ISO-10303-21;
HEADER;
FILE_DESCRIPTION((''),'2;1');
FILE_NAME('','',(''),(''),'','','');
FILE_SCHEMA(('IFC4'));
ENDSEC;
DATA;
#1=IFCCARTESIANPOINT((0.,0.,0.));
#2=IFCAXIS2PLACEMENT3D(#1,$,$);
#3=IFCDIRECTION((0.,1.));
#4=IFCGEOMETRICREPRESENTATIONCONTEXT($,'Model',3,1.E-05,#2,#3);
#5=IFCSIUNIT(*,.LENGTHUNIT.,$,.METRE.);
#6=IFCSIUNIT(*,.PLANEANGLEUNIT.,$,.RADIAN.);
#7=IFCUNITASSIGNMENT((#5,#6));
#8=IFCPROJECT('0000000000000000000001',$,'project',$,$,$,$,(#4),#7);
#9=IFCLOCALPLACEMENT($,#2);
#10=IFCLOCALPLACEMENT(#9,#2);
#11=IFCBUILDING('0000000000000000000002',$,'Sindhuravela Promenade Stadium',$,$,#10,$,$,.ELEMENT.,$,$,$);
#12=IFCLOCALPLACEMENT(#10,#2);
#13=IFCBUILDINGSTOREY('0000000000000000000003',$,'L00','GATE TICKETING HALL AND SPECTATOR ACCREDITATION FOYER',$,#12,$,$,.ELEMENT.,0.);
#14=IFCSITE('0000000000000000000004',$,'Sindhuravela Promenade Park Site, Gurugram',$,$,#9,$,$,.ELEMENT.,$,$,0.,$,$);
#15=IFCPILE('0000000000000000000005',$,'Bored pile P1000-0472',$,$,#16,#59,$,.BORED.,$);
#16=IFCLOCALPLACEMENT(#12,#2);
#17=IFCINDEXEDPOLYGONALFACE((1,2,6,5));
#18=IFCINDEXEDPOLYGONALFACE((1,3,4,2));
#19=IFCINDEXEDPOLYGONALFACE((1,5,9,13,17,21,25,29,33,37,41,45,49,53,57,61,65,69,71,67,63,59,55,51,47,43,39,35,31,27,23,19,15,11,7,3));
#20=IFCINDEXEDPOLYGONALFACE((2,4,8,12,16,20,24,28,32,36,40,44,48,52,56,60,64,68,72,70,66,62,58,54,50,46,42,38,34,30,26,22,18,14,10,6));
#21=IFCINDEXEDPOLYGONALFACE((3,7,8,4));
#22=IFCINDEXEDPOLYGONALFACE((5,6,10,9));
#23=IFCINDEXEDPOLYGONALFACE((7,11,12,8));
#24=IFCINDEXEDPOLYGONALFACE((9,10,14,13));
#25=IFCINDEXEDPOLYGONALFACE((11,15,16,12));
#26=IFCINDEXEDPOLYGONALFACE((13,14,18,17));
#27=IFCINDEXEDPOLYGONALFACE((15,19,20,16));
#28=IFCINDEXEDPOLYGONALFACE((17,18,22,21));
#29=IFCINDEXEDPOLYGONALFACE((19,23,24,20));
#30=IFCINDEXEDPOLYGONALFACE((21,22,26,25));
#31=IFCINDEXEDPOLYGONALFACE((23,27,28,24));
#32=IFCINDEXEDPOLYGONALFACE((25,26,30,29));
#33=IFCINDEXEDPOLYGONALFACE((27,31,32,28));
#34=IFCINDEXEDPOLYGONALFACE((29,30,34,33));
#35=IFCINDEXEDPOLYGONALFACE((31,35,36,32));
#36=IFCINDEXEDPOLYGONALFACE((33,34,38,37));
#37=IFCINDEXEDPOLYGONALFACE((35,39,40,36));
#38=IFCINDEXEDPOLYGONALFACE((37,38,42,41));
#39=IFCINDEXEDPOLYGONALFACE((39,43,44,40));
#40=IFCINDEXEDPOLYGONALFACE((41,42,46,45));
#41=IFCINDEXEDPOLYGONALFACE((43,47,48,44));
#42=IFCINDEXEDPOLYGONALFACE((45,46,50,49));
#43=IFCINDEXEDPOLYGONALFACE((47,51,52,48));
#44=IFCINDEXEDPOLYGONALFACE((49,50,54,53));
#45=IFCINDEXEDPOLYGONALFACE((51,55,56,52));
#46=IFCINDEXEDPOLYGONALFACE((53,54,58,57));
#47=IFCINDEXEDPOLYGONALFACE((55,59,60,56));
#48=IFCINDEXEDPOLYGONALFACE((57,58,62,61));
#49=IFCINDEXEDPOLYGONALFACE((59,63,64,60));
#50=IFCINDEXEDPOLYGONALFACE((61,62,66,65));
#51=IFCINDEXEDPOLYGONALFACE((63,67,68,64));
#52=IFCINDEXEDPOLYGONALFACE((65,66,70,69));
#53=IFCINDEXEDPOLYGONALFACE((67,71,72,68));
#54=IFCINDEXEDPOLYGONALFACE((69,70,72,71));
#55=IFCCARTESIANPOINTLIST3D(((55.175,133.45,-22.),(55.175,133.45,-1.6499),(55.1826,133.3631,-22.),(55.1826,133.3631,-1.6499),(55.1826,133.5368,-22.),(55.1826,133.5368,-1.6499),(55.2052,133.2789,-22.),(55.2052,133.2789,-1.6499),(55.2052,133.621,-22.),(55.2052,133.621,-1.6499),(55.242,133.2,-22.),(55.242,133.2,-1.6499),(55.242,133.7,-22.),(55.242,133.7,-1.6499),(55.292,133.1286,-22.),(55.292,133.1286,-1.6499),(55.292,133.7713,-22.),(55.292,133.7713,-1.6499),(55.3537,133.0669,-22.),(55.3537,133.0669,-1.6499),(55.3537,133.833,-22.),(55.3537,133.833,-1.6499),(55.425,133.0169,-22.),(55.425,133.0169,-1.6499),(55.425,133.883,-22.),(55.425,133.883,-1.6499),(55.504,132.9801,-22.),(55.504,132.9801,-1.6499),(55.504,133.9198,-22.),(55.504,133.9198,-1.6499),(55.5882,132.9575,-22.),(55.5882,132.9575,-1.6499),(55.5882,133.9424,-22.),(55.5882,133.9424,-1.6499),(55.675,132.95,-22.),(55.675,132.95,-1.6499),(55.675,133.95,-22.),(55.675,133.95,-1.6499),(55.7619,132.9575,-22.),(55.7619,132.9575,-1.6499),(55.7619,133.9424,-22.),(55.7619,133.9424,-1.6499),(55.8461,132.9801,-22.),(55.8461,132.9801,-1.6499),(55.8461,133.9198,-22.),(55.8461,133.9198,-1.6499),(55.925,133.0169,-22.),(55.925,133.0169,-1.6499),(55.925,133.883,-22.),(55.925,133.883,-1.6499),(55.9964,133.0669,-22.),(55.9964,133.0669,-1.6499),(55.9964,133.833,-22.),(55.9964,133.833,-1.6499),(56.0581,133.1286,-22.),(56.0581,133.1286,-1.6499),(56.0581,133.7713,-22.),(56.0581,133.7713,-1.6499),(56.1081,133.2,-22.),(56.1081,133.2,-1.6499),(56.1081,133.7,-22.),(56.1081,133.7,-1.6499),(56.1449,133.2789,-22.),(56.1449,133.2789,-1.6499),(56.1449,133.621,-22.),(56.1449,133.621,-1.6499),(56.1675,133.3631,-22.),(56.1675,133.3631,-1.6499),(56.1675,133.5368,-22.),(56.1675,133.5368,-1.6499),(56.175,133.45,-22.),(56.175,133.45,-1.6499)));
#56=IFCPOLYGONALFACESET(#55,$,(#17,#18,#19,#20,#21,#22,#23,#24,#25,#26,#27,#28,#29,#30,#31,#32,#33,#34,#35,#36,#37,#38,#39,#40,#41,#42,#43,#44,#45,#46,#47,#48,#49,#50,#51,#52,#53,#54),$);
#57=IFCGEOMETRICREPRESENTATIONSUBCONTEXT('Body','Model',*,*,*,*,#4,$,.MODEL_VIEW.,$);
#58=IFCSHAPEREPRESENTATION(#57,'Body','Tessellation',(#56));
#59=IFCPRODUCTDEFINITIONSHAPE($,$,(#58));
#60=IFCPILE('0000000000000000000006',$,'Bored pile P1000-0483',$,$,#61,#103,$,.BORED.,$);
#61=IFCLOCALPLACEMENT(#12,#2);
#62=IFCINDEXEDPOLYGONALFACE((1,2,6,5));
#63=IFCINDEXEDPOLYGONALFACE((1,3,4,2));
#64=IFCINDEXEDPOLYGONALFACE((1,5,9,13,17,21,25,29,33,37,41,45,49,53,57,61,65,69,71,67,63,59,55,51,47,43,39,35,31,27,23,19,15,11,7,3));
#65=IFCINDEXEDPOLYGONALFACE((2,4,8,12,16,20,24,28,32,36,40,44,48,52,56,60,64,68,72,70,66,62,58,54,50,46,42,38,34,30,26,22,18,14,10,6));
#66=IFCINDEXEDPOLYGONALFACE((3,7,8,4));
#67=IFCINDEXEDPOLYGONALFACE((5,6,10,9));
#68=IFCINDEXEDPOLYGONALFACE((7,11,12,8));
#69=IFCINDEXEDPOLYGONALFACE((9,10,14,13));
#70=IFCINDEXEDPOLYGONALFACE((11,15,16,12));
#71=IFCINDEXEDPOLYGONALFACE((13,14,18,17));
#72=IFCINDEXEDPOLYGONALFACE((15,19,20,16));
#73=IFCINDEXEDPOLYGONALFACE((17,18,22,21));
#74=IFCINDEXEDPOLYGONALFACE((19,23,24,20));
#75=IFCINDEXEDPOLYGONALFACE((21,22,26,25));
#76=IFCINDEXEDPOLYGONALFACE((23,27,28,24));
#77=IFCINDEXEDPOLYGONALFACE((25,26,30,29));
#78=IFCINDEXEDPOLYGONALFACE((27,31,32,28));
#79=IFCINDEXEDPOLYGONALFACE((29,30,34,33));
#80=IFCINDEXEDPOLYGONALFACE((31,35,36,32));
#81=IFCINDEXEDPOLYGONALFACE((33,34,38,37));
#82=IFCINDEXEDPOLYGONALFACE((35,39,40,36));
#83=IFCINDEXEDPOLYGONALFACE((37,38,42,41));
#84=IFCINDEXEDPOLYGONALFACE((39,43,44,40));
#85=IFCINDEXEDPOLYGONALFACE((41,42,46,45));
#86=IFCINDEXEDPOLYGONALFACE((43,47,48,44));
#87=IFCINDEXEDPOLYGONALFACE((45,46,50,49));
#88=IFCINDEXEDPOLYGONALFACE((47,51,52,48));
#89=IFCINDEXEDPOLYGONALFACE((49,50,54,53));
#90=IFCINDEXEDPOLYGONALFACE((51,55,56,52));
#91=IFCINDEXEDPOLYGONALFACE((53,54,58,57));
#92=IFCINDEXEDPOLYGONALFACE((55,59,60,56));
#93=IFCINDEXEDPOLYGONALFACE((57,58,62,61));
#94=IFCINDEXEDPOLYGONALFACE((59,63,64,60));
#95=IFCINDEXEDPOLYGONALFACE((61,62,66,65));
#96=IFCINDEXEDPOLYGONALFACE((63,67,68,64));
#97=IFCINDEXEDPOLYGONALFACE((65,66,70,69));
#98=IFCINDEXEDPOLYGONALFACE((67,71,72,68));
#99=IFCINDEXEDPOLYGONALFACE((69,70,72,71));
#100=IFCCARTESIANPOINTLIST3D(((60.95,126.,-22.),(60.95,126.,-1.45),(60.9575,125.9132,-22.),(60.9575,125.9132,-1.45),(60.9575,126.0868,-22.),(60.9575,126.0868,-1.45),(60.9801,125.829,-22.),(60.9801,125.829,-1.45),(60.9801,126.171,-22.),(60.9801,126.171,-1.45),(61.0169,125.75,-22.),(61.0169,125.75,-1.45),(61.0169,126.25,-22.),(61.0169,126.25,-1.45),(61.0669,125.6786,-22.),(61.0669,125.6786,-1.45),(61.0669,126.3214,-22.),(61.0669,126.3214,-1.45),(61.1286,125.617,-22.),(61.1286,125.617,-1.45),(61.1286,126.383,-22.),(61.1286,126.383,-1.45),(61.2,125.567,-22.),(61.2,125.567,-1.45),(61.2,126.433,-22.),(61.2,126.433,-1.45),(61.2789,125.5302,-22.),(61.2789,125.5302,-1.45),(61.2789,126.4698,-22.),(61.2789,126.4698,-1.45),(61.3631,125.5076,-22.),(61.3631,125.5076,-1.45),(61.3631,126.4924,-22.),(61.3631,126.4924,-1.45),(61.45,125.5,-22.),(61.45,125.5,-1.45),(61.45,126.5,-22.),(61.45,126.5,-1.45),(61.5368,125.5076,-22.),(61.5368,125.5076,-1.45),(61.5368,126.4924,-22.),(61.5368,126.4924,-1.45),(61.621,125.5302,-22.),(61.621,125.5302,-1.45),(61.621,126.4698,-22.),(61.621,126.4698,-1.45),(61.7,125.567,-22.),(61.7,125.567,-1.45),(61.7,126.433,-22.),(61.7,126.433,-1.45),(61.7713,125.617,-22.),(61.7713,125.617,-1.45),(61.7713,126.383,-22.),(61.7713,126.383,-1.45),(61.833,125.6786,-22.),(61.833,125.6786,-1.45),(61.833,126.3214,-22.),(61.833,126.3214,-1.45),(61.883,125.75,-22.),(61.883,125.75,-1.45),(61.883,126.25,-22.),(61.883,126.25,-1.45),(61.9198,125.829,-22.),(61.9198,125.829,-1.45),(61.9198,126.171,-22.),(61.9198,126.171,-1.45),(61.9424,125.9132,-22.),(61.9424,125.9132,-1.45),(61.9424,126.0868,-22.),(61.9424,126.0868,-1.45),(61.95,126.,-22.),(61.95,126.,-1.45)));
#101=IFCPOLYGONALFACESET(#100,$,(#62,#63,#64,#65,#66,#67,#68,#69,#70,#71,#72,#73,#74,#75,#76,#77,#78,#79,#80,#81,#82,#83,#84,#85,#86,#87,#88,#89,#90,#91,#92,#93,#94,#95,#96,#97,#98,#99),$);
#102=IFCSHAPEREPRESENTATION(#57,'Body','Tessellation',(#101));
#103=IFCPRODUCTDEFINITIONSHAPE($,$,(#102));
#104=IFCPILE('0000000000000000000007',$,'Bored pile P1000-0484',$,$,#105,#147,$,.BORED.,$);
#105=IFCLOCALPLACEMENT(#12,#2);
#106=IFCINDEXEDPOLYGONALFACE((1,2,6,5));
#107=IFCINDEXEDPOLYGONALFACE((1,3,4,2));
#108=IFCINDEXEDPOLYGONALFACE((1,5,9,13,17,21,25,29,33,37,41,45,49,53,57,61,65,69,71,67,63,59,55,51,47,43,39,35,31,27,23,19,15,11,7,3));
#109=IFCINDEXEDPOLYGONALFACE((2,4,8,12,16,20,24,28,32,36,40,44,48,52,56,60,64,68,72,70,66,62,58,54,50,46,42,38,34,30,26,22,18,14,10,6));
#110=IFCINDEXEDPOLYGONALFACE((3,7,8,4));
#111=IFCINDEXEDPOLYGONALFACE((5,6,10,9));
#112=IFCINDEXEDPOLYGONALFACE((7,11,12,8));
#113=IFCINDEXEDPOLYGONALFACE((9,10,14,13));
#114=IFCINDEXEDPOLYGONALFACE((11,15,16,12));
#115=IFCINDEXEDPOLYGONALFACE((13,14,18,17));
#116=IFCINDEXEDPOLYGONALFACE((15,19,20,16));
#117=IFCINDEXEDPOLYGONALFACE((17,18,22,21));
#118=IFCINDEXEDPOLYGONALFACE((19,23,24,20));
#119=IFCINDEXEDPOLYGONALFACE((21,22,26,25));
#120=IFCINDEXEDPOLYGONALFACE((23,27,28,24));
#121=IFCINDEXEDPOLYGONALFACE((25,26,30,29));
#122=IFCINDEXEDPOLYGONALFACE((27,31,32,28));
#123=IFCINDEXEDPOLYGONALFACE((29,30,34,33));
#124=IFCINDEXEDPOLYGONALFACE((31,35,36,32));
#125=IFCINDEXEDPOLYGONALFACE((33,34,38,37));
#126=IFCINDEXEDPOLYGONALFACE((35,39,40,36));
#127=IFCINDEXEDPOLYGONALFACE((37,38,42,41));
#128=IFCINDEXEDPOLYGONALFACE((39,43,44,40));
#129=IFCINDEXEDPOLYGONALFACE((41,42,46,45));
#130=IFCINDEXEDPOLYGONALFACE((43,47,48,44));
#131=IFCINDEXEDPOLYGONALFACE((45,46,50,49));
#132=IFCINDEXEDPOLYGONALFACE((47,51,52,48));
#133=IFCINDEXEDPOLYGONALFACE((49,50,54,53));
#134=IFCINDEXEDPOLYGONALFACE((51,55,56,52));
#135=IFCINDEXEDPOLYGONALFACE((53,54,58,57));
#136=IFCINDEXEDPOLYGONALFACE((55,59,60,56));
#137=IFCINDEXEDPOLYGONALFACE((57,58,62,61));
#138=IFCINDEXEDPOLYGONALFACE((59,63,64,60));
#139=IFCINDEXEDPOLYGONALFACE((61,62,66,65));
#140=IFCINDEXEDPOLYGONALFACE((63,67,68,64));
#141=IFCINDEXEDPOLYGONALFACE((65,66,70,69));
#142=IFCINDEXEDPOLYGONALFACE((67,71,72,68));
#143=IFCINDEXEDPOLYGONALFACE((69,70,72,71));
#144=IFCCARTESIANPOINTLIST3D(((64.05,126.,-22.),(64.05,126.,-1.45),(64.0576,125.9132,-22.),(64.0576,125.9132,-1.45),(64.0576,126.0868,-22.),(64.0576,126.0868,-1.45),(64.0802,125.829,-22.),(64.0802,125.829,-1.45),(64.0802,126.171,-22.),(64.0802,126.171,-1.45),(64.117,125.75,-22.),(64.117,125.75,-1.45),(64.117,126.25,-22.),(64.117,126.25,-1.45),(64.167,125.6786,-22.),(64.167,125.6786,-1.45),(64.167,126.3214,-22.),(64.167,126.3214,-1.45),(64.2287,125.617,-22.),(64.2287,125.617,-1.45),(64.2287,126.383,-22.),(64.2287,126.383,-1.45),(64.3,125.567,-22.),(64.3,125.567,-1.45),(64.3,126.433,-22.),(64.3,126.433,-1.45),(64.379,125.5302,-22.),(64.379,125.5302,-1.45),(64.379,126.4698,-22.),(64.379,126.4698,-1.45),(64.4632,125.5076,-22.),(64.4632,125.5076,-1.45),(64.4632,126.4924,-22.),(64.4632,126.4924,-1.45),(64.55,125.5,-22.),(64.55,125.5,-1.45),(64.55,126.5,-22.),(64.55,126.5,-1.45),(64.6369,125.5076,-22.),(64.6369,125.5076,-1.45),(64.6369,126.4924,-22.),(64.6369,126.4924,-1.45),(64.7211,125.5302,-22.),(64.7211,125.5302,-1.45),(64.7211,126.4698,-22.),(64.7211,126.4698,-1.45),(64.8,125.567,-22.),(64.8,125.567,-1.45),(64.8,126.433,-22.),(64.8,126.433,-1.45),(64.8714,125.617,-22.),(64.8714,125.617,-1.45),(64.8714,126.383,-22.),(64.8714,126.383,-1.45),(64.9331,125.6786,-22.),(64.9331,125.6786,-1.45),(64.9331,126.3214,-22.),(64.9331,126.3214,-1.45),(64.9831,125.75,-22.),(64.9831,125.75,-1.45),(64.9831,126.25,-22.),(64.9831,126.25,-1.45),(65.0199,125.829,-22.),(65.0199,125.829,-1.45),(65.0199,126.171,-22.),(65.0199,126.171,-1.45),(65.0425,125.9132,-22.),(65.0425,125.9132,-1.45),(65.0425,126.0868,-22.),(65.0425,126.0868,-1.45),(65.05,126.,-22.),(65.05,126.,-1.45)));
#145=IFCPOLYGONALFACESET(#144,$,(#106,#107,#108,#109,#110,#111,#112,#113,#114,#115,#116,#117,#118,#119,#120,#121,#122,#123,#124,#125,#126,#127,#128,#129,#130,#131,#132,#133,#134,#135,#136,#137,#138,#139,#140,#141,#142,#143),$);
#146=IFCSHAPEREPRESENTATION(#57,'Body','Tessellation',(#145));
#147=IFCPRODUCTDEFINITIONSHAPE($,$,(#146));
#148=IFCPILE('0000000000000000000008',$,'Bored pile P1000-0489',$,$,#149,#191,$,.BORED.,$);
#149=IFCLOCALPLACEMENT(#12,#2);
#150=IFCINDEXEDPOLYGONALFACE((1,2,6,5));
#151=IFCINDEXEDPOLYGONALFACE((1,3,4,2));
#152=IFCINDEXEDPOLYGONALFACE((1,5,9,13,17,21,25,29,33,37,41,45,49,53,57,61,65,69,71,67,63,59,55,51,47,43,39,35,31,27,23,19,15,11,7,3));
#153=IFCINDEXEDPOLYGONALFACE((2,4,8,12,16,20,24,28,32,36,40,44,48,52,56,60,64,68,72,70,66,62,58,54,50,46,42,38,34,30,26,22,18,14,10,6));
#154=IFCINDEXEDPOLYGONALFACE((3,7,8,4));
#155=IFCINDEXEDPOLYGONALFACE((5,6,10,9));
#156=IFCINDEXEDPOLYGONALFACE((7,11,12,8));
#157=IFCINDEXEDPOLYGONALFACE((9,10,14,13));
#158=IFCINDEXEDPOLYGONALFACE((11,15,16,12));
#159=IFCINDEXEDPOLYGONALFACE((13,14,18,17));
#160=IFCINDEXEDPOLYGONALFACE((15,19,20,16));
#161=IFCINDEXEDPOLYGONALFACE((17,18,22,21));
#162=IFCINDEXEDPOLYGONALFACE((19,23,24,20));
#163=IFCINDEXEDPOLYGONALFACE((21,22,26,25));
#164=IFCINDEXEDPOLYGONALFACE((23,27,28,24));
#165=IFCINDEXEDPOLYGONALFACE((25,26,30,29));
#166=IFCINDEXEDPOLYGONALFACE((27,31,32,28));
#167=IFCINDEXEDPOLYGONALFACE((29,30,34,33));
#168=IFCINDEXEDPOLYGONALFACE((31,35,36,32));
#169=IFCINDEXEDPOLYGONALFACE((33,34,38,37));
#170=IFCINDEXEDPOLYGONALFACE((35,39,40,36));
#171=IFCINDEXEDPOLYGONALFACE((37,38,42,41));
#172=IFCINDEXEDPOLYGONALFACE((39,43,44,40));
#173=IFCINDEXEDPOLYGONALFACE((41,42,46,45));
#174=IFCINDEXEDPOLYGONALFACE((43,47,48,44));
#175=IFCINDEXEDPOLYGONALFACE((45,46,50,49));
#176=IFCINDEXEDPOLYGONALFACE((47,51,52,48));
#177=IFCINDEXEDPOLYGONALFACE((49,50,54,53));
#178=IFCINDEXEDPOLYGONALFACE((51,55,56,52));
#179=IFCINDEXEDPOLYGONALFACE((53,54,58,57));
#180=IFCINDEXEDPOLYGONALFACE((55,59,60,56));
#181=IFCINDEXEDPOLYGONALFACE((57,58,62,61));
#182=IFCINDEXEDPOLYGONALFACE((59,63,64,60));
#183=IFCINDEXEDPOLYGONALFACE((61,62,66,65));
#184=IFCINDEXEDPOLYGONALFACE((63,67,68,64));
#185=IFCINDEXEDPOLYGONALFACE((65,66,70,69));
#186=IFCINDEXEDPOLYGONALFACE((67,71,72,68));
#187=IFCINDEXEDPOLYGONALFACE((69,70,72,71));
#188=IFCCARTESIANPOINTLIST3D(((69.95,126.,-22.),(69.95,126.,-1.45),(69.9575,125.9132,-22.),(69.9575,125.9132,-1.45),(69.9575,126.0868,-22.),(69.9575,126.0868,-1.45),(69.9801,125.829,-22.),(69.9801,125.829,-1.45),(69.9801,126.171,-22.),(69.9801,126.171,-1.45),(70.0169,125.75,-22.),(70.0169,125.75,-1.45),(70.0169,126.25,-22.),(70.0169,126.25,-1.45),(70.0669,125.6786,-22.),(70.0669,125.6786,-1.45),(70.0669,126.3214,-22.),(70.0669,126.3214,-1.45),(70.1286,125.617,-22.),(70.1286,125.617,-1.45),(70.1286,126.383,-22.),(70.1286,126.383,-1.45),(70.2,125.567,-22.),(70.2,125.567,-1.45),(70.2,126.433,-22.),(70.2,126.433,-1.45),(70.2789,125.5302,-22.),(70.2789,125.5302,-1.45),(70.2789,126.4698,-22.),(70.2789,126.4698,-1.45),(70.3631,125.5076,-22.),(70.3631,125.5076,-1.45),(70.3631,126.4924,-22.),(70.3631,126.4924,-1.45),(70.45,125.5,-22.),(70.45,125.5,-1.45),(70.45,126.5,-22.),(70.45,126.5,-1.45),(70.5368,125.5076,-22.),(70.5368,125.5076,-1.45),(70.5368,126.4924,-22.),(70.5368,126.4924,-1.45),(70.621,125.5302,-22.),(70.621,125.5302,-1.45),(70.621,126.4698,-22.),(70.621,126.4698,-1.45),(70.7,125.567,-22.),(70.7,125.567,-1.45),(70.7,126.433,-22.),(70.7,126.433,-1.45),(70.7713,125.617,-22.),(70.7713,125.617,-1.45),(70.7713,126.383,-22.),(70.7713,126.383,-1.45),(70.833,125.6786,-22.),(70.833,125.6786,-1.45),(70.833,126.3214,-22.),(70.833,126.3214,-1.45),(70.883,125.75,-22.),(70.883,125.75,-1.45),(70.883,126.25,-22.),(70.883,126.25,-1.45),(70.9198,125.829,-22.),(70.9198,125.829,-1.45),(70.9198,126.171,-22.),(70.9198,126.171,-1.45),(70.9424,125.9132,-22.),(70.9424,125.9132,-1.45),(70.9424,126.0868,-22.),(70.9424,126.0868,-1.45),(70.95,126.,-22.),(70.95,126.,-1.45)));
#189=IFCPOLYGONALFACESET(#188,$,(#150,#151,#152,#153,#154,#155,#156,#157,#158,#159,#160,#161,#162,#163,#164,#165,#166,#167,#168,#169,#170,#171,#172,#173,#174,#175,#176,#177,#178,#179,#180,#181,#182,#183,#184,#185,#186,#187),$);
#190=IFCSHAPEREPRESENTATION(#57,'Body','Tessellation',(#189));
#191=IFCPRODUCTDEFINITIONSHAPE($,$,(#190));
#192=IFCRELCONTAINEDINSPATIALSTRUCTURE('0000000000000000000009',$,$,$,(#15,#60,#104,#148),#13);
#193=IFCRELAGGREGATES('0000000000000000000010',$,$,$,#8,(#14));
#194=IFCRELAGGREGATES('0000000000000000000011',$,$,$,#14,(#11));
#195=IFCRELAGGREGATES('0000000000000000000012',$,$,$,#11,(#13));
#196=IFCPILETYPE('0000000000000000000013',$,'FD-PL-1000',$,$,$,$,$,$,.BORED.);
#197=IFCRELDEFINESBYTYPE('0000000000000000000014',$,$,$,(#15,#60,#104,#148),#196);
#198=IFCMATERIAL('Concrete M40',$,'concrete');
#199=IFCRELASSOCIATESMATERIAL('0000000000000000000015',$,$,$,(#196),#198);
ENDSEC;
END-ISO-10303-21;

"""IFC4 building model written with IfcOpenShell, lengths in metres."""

from ifc_helpers import new_model, si_unit, direction, frame, origin, origin_2d, place, context, subcontext, project, spatial, circle, extrude, material, material_profile, profile_set, type_object, element, save


model = new_model("IFC4")

# Units and contexts
model_context = context("Model", 3, precision=1e-05, world=origin(), true_north=direction((0.0, 1.0)))
body_context = subcontext(model_context, "Body", "Model", "MODEL_VIEW")
ifc_project = project(units=[si_unit("LENGTHUNIT", "METRE"), si_unit("PLANEANGLEUNIT", "RADIAN")], contexts=[model_context])

# Site, building, storey
site_placement = place(None, origin())
site = spatial("IfcSite", under=ifc_project, at=site_placement, Name="Sindhuravela Promenade Park Site, Gurugram", CompositionType="ELEMENT", RefElevation=0.0)
building_placement = place(site_placement, origin())
building = spatial("IfcBuilding", under=site, at=building_placement, Name="Sindhuravela Promenade Stadium", CompositionType="ELEMENT")
storey_placement = place(building_placement, origin())
storey = spatial("IfcBuildingStorey", under=building, at=storey_placement, Name="L00", Description="GATE TICKETING HALL AND SPECTATOR ACCREDITATION FOYER", CompositionType="ELEMENT", Elevation=0.0)

# Piles
ifc_material_1 = material(Name="Concrete M40", Category="concrete")
ifc_material_profile_1 = material_profile(ifc_material_1, circle(Radius=0.5, at=origin_2d()), Name="BORED PILE D1000")
ifc_profile_set_1 = profile_set([ifc_material_profile_1], Name="Concrete M40")
pile_type = type_object("IfcPileType", Name="FD-PL-1000", PredefinedType="BORED", material=ifc_profile_set_1)
for number, where, z_axis, x_axis, name in (
    (1, (55.675, 133.45, -1.6499), (0.0, 0.0, -1.0), (1.0, 0.0, 0.0), "Bored pile P1000-0472"),
):
    element("IfcPile", number, at=place(storey_placement, frame(where, z_axis=z_axis, x_axis=x_axis)), inside=storey, type_object=pile_type, Name=name, PredefinedType="BORED", context=body_context, shape_type="SweptSolid", body=[
        extrude(circle(Radius=0.5, at=origin_2d()), origin(), (0.0, 0.0, 1.0), 20.3501),
    ])
for number, where, z_axis, x_axis, name in (
    (2, (61.45, 126.0, -1.45), (0.0, 0.0, -1.0), (1.0, 0.0, 0.0), "Bored pile P1000-0483"),
    (3, (64.55, 126.0, -1.45), (0.0, 0.0, -1.0), (1.0, 0.0, 0.0), "Bored pile P1000-0484"),
    (4, (70.45, 126.0, -1.45), (0.0, 0.0, -1.0), (1.0, 0.0, 0.0), "Bored pile P1000-0489"),
):
    element("IfcPile", number, at=place(storey_placement, frame(where, z_axis=z_axis, x_axis=x_axis)), inside=storey, type_object=pile_type, Name=name, PredefinedType="BORED", context=body_context, shape_type="SweptSolid", body=[
        extrude(circle(Radius=0.5, at=origin_2d()), origin(), (0.0, 0.0, 1.0), 20.55),
    ])

save(model, "model.ifc")
